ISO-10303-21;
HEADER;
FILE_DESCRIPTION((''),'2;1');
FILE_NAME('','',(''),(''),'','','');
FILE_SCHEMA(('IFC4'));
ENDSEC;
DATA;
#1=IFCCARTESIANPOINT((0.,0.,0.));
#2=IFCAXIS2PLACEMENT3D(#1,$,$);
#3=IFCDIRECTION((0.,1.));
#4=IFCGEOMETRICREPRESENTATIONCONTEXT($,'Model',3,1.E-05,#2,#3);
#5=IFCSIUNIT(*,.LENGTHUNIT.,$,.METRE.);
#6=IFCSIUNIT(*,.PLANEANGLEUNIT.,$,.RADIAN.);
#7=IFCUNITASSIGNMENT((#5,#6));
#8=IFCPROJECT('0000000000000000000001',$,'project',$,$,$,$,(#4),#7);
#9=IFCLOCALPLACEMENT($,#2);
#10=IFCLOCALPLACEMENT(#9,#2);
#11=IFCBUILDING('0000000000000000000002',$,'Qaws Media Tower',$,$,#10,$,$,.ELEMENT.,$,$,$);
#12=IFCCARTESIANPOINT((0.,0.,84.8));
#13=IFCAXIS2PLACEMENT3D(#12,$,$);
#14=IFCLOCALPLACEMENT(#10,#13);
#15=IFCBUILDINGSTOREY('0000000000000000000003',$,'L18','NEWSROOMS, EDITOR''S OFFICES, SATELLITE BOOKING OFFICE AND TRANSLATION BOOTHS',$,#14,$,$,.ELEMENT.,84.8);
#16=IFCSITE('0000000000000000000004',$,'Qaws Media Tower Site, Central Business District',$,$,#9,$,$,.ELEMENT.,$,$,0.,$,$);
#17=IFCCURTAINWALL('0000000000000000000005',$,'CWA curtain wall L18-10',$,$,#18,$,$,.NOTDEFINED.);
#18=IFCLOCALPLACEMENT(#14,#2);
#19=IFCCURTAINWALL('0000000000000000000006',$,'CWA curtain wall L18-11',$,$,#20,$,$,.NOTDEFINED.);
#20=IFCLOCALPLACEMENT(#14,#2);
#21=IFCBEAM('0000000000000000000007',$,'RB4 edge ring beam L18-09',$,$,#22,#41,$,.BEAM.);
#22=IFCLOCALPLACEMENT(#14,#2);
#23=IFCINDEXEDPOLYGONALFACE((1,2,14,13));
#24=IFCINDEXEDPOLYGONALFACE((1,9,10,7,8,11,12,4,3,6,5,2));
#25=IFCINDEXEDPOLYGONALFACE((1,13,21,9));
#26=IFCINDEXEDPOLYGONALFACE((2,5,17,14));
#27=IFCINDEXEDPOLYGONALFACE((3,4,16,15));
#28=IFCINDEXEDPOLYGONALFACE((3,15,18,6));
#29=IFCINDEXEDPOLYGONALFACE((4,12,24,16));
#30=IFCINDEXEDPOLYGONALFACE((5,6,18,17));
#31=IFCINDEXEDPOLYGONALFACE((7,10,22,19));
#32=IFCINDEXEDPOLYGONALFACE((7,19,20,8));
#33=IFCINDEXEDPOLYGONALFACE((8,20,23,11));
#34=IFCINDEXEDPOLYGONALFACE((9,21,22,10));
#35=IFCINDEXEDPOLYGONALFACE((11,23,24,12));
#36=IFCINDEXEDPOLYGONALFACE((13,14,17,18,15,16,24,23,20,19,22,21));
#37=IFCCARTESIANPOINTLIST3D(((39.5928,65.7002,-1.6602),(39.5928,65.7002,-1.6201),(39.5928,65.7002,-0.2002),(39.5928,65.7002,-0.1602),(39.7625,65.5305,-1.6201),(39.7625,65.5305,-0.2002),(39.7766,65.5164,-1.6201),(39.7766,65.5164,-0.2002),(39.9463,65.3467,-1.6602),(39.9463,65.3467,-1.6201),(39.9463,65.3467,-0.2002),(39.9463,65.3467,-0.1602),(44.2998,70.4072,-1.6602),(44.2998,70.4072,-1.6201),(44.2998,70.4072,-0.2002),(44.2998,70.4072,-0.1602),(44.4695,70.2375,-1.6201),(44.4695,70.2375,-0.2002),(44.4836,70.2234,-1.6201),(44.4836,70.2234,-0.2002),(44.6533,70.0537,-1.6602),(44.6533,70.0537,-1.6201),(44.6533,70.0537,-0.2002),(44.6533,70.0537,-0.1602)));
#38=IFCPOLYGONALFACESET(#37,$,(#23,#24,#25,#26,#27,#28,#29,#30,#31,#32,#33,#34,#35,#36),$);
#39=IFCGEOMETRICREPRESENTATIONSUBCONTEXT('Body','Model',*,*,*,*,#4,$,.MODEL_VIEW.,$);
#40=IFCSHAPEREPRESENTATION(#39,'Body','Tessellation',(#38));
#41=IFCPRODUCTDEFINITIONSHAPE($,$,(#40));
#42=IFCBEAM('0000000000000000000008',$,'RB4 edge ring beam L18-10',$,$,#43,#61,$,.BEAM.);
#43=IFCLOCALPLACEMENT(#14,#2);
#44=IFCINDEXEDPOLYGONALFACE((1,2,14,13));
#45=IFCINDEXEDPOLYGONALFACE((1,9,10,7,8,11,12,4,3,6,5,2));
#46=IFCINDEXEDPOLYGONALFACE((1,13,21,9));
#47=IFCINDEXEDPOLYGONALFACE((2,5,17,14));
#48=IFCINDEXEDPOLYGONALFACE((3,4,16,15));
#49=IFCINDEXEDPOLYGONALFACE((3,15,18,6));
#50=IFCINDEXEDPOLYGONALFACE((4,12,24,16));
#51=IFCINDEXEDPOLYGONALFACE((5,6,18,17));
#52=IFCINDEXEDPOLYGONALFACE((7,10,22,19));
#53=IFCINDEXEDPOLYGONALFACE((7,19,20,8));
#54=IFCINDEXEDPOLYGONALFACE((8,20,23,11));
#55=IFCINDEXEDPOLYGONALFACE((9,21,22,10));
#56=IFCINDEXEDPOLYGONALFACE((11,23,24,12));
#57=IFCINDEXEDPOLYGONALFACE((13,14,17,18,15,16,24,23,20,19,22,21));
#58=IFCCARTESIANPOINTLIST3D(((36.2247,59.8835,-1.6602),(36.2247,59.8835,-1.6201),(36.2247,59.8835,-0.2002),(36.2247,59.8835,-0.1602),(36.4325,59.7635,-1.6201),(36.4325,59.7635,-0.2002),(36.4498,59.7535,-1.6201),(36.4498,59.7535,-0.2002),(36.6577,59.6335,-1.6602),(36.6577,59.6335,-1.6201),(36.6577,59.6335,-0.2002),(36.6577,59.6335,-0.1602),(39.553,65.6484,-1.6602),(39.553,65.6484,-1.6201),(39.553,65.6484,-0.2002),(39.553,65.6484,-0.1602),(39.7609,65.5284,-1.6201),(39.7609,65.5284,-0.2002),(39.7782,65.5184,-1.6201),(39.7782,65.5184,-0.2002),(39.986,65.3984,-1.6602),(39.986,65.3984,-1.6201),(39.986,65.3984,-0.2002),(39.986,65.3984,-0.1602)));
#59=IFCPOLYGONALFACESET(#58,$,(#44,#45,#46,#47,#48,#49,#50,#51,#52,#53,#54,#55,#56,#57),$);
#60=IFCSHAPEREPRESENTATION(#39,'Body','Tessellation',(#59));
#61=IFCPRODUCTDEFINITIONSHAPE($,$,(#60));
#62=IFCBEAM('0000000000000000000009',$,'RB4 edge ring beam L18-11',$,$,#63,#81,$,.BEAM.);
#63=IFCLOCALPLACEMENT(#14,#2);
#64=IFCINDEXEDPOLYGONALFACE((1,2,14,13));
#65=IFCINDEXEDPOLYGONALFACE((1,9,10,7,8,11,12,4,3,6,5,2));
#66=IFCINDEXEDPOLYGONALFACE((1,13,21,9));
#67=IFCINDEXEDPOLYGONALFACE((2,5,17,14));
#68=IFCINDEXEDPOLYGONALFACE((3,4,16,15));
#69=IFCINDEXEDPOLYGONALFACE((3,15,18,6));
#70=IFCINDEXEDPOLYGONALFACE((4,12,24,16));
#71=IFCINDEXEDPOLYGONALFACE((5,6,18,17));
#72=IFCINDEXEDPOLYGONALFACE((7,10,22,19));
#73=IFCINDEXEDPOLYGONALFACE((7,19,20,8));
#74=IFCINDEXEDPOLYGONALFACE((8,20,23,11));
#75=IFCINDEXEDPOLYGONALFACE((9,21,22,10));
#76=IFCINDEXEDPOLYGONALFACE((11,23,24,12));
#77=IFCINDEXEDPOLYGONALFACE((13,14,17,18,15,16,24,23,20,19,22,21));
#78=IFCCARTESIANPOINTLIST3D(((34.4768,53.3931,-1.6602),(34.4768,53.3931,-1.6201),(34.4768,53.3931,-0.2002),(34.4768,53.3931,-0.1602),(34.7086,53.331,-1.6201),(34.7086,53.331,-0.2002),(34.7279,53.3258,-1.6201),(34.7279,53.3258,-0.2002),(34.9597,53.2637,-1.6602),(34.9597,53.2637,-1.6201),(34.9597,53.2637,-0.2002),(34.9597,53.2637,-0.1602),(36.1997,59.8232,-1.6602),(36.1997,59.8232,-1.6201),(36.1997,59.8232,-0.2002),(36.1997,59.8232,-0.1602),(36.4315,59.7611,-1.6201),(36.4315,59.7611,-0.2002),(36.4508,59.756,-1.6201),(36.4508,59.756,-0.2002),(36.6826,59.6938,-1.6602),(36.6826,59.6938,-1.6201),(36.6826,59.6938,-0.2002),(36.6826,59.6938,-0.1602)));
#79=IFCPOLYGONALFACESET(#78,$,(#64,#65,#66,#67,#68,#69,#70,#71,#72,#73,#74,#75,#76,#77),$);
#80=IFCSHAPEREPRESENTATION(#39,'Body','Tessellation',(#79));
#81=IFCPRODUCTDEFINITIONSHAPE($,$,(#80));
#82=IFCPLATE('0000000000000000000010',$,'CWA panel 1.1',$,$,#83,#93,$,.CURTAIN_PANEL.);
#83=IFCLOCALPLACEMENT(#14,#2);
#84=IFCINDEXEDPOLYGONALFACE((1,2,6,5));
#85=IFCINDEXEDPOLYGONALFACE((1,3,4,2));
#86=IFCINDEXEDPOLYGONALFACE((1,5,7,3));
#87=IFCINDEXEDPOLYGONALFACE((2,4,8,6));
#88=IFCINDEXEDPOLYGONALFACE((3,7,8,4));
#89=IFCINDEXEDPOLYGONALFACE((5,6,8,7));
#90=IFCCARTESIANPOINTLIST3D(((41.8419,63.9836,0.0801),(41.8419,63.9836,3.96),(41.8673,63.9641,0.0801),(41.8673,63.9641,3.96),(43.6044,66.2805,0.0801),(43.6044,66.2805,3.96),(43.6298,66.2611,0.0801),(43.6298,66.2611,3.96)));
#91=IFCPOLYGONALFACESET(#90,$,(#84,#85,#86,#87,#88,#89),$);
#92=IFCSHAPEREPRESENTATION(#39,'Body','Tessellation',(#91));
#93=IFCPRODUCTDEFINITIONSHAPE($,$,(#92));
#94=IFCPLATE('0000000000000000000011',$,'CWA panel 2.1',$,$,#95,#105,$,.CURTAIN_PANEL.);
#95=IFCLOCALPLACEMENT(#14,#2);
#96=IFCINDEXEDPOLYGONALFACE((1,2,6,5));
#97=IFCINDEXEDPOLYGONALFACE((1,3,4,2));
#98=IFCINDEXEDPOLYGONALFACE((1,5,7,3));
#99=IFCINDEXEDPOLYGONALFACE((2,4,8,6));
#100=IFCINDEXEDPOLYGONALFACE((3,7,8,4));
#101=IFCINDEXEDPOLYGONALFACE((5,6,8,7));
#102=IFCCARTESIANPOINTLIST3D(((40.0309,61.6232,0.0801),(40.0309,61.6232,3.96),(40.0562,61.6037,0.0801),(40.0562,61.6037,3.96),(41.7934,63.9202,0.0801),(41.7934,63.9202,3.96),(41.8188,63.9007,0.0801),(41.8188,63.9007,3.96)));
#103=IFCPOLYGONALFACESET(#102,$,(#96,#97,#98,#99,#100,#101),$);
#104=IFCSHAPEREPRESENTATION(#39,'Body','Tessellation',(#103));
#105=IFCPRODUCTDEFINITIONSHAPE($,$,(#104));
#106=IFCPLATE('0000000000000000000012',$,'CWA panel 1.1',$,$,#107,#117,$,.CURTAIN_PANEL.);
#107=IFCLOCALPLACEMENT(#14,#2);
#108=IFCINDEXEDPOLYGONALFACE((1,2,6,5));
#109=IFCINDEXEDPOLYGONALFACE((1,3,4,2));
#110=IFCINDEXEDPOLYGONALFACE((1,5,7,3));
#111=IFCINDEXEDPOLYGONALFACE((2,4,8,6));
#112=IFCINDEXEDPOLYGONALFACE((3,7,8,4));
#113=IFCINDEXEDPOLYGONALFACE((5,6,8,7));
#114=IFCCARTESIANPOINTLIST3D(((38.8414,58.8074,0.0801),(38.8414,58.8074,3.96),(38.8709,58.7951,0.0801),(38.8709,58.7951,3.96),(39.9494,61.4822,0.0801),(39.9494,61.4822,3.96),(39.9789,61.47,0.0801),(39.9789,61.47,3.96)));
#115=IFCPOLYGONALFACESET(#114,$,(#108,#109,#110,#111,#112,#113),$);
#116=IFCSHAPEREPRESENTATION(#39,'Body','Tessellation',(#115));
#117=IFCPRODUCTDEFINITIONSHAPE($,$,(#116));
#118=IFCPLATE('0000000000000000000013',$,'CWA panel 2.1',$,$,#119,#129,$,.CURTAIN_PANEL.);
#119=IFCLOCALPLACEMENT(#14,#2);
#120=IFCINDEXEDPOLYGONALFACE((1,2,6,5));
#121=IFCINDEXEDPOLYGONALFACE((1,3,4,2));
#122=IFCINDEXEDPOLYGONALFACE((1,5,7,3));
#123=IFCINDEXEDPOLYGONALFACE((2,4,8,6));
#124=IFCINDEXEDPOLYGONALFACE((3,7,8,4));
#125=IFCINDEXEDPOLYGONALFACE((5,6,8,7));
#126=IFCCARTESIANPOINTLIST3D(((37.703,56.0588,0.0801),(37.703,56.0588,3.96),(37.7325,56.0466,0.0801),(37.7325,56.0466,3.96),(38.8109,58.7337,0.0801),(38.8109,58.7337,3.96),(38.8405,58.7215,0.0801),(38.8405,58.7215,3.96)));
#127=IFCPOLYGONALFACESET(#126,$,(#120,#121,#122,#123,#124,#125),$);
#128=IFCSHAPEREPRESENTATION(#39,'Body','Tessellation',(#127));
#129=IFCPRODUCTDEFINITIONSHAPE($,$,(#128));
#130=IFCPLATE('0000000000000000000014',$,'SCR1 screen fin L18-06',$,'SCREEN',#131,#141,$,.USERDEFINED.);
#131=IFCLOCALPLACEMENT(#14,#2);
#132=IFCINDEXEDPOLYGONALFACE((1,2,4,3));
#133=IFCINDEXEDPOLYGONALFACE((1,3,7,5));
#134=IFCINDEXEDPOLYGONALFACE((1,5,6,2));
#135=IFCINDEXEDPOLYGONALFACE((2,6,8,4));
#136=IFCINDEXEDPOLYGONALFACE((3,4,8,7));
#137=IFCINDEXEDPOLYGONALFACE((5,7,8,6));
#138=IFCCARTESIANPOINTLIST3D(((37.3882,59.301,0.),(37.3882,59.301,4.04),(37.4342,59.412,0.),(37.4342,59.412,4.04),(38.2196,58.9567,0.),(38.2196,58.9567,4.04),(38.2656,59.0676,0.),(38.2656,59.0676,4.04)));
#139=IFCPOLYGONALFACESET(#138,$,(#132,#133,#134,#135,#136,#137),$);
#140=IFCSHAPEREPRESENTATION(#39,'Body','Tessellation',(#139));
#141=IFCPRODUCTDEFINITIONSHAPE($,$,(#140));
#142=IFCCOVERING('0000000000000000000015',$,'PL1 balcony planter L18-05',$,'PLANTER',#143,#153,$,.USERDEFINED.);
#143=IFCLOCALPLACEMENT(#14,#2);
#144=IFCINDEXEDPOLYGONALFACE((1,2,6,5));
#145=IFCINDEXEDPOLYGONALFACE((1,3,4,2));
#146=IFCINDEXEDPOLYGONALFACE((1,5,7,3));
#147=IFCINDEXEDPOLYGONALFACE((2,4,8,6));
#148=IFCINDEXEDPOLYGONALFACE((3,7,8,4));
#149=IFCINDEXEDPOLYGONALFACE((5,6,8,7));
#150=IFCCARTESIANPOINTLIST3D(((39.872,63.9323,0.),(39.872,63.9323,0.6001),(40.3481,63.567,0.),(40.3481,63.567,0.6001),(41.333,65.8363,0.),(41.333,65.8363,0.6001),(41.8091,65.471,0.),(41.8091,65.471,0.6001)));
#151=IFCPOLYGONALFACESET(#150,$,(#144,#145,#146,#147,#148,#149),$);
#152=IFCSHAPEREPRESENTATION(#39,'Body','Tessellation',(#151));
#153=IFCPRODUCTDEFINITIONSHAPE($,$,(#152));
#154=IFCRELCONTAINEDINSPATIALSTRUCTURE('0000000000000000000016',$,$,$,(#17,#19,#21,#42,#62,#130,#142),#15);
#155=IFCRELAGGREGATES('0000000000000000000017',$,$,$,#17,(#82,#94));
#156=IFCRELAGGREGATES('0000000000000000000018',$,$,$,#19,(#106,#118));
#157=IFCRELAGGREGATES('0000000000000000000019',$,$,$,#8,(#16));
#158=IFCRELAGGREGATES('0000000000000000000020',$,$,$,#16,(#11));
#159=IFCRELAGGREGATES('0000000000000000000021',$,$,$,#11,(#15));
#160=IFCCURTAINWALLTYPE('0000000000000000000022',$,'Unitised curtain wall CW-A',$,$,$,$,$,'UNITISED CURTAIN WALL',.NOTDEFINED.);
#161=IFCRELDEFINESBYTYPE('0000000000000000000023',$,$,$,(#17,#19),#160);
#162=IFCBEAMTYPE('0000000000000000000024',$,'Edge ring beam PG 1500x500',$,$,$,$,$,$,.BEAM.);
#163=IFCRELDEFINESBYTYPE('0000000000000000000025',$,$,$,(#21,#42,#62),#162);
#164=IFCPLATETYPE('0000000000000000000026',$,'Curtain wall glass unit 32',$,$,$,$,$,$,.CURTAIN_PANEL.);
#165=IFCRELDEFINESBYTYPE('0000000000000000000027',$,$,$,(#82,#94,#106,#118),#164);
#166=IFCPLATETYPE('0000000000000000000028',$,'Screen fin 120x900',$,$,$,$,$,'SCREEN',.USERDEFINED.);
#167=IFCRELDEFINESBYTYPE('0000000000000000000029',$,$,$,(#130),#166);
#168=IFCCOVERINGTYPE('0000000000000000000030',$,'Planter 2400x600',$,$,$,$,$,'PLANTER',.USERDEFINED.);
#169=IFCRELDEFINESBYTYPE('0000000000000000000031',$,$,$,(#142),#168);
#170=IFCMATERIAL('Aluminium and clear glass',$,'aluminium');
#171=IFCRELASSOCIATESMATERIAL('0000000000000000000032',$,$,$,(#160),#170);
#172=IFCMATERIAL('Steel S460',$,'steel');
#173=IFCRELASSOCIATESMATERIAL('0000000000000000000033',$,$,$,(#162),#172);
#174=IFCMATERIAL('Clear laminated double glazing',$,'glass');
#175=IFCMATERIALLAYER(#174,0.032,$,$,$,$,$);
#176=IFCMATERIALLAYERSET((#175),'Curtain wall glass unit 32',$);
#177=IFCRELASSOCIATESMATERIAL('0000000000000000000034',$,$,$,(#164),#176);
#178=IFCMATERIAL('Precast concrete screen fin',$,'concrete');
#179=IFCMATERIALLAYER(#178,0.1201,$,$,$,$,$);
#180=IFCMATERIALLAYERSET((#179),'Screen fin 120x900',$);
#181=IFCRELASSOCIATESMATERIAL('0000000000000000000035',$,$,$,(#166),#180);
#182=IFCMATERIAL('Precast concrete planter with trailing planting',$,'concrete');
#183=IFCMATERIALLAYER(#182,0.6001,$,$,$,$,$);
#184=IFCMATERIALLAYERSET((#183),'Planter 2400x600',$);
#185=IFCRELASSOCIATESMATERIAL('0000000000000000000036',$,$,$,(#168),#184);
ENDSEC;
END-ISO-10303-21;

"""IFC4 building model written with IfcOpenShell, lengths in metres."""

from ifc_helpers import new_model, si_unit, direction, frame, origin, origin_2d, place, context, subcontext, project, spatial, rectangle, i_section, extrude, material, layer, layer_set, material_profile, profile_set, type_object, element, aggregate, save


model = new_model("IFC4")

# Units and contexts
model_context = context("Model", 3, precision=1e-05, world=origin(), true_north=direction((0.0, 1.0)))
body_context = subcontext(model_context, "Body", "Model", "MODEL_VIEW")
ifc_project = project(units=[si_unit("LENGTHUNIT", "METRE"), si_unit("PLANEANGLEUNIT", "RADIAN")], contexts=[model_context])

# Site, building, storey
site_placement = place(None, origin())
site = spatial("IfcSite", under=ifc_project, at=site_placement, Name="Qaws Media Tower Site, Central Business District", CompositionType="ELEMENT", RefElevation=0.0)
building_placement = place(site_placement, origin())
building = spatial("IfcBuilding", under=site, at=building_placement, Name="Qaws Media Tower", CompositionType="ELEMENT")
storey_placement = place(building_placement, frame((0.0, 0.0, 84.8)))
storey = spatial("IfcBuildingStorey", under=building, at=storey_placement, Name="L18", Description="NEWSROOMS, EDITOR'S OFFICES, SATELLITE BOOKING OFFICE AND TRANSLATION BOOTHS", CompositionType="ELEMENT", Elevation=84.8)

# Shared definitions
ifc_material_1 = material(Name="Aluminium and clear glass", Category="aluminium")
curtain_wall_type = type_object("IfcCurtainWallType", Name="Unitised curtain wall CW-A", ElementType="UNITISED CURTAIN WALL", PredefinedType="NOTDEFINED", material=ifc_material_1)

# Curtain walls
curtain_wall_1_placement = place(storey_placement, origin())
curtain_wall_1 = element("IfcCurtainWall", 1, at=curtain_wall_1_placement, inside=storey, type_object=curtain_wall_type, Name="CWA curtain wall L18-10", PredefinedType="NOTDEFINED")
curtain_wall_2_placement = place(storey_placement, origin())
curtain_wall_2 = element("IfcCurtainWall", 2, at=curtain_wall_2_placement, inside=storey, type_object=curtain_wall_type, Name="CWA curtain wall L18-11", PredefinedType="NOTDEFINED")

# Beams
ifc_material_2 = material(Name="Steel S460", Category="steel")
ifc_material_profile_1 = material_profile(ifc_material_2, i_section(OverallWidth=0.5, OverallDepth=1.5, WebThickness=0.02, FlangeThickness=0.04, at=origin_2d()), Name="PG 1500x500")
ifc_profile_set_1 = profile_set([ifc_material_profile_1], Name="Steel S460")
beam_type = type_object("IfcBeamType", Name="Edge ring beam PG 1500x500", PredefinedType="BEAM", material=ifc_profile_set_1)
for number, where, z_axis, x_axis, name in (
    (3, (44.4766, 70.2305, -0.9102), (-0.707107, -0.707107, 0.0), (0.707107, -0.707107, 0.0), "RB4 edge ring beam L18-09"),
    (4, (39.7695, 65.5234, -0.9102), (-0.500001, -0.866025, 0.0), (0.866025, -0.500001, 0.0), "RB4 edge ring beam L18-10"),
):
    element("IfcBeam", number, at=place(storey_placement, frame(where, z_axis=z_axis, x_axis=x_axis)), inside=storey, type_object=beam_type, Name=name, PredefinedType="BEAM", context=body_context, shape_type="SweptSolid", body=[
        extrude(i_section(OverallWidth=0.5, OverallDepth=1.5, WebThickness=0.02, FlangeThickness=0.04, at=origin_2d()), origin(), (0.0, 0.0, 1.0), 6.6567),
    ])
beam_placement = place(storey_placement, frame((36.4412, 59.7585, -0.9102), z_axis=(-0.258811, -0.965928, 0.0), x_axis=(0.965928, -0.258811, 0.0)))
element("IfcBeam", 5, at=beam_placement, inside=storey, type_object=beam_type, Name="RB4 edge ring beam L18-11", PredefinedType="BEAM", context=body_context, shape_type="SweptSolid", body=[
    extrude(i_section(OverallWidth=0.5, OverallDepth=1.5, WebThickness=0.02, FlangeThickness=0.04, at=origin_2d()), origin(), (0.0, 0.0, 1.0), 6.657),
])

# Plates
ifc_material_3 = material(Name="Clear laminated double glazing", Category="glass")
ifc_layer_1 = layer(ifc_material_3, 0.032)
ifc_layer_set_1 = layer_set([ifc_layer_1], Name="Curtain wall glass unit 32")
plate_type_1 = type_object("IfcPlateType", Name="Curtain wall glass unit 32", PredefinedType="CURTAIN_PANEL", material=ifc_layer_set_1)
plate_1_placement = place(storey_placement, frame((42.7358, 65.1223, 0.0801), z_axis=(0.0, 0.0, 1.0), x_axis=(-0.608761, -0.793353, 0.0)))
plate_1 = element("IfcPlate", 6, at=plate_1_placement, type_object=plate_type_1, Name="CWA panel 1.1", PredefinedType="CURTAIN_PANEL", context=body_context, shape_type="SweptSolid", body=[
    extrude(rectangle(XDim=2.8953, YDim=0.032, at=origin_2d()), origin(), (0.0, 0.0, 1.0), 3.8799),
])
plate_2_placement = place(storey_placement, frame((40.9248, 62.762, 0.0801), z_axis=(0.0, 0.0, 1.0), x_axis=(-0.608761, -0.793353, 0.0)))
plate_2 = element("IfcPlate", 7, at=plate_2_placement, type_object=plate_type_1, Name="CWA panel 2.1", PredefinedType="CURTAIN_PANEL", context=body_context, shape_type="SweptSolid", body=[
    extrude(rectangle(XDim=2.8953, YDim=0.032, at=origin_2d()), origin(), (0.0, 0.0, 1.0), 3.8799),
])
aggregate(curtain_wall_1, [plate_1, plate_2])
plate_3_placement = place(storey_placement, frame((39.4102, 60.1387, 0.0801), z_axis=(0.0, 0.0, 1.0), x_axis=(-0.382683, -0.92388, 0.0)))
plate_3 = element("IfcPlate", 8, at=plate_3_placement, type_object=plate_type_1, Name="CWA panel 1.1", PredefinedType="CURTAIN_PANEL", context=body_context, shape_type="SweptSolid", body=[
    extrude(rectangle(XDim=2.8953, YDim=0.032, at=origin_2d()), origin(), (0.0, 0.0, 1.0), 3.8799),
])
plate_4_placement = place(storey_placement, frame((38.2717, 57.3901, 0.0801), z_axis=(0.0, 0.0, 1.0), x_axis=(-0.382683, -0.92388, 0.0)))
plate_4 = element("IfcPlate", 9, at=plate_4_placement, type_object=plate_type_1, Name="CWA panel 2.1", PredefinedType="CURTAIN_PANEL", context=body_context, shape_type="SweptSolid", body=[
    extrude(rectangle(XDim=2.8953, YDim=0.032, at=origin_2d()), origin(), (0.0, 0.0, 1.0), 3.8799),
])
aggregate(curtain_wall_2, [plate_3, plate_4])
ifc_material_4 = material(Name="Precast concrete screen fin", Category="concrete")
ifc_layer_2 = layer(ifc_material_4, 0.1201)
ifc_layer_set_2 = layer_set([ifc_layer_2], Name="Screen fin 120x900")
plate_type_2 = type_object("IfcPlateType", Name="Screen fin 120x900", ElementType="SCREEN", PredefinedType="USERDEFINED", material=ifc_layer_set_2)
plate_5_placement = place(storey_placement, frame((37.8269, 59.1843, 0.0), z_axis=(0.0, 0.0, 1.0), x_axis=(-0.92388, 0.382683, 0.0)))
element("IfcPlate", 10, at=plate_5_placement, inside=storey, type_object=plate_type_2, Name="SCR1 screen fin L18-06", ObjectType="SCREEN", PredefinedType="USERDEFINED", context=body_context, shape_type="SweptSolid", body=[
    extrude(rectangle(XDim=0.8999, YDim=0.1201, at=origin_2d()), origin(), (0.0, 0.0, 1.0), 4.04),
])

# Covering
ifc_material_5 = material(Name="Precast concrete planter with trailing planting", Category="concrete")
ifc_layer_3 = layer(ifc_material_5, 0.6001)
ifc_layer_set_3 = layer_set([ifc_layer_3], Name="Planter 2400x600")
covering_type = type_object("IfcCoveringType", Name="Planter 2400x600", ElementType="PLANTER", PredefinedType="USERDEFINED", material=ifc_layer_set_3)
covering_placement = place(storey_placement, frame((40.8406, 64.7017, 0.0), z_axis=(0.0, 0.0, 1.0), x_axis=(-0.608761, -0.793353, 0.0)))
element("IfcCovering", 11, at=covering_placement, inside=storey, type_object=covering_type, Name="PL1 balcony planter L18-05", ObjectType="PLANTER", PredefinedType="USERDEFINED", context=body_context, shape_type="SweptSolid", body=[
    extrude(rectangle(XDim=2.3999, YDim=0.6001, at=origin_2d()), origin(), (0.0, 0.0, 1.0), 0.6001),
])

save(model, "model.ifc")
